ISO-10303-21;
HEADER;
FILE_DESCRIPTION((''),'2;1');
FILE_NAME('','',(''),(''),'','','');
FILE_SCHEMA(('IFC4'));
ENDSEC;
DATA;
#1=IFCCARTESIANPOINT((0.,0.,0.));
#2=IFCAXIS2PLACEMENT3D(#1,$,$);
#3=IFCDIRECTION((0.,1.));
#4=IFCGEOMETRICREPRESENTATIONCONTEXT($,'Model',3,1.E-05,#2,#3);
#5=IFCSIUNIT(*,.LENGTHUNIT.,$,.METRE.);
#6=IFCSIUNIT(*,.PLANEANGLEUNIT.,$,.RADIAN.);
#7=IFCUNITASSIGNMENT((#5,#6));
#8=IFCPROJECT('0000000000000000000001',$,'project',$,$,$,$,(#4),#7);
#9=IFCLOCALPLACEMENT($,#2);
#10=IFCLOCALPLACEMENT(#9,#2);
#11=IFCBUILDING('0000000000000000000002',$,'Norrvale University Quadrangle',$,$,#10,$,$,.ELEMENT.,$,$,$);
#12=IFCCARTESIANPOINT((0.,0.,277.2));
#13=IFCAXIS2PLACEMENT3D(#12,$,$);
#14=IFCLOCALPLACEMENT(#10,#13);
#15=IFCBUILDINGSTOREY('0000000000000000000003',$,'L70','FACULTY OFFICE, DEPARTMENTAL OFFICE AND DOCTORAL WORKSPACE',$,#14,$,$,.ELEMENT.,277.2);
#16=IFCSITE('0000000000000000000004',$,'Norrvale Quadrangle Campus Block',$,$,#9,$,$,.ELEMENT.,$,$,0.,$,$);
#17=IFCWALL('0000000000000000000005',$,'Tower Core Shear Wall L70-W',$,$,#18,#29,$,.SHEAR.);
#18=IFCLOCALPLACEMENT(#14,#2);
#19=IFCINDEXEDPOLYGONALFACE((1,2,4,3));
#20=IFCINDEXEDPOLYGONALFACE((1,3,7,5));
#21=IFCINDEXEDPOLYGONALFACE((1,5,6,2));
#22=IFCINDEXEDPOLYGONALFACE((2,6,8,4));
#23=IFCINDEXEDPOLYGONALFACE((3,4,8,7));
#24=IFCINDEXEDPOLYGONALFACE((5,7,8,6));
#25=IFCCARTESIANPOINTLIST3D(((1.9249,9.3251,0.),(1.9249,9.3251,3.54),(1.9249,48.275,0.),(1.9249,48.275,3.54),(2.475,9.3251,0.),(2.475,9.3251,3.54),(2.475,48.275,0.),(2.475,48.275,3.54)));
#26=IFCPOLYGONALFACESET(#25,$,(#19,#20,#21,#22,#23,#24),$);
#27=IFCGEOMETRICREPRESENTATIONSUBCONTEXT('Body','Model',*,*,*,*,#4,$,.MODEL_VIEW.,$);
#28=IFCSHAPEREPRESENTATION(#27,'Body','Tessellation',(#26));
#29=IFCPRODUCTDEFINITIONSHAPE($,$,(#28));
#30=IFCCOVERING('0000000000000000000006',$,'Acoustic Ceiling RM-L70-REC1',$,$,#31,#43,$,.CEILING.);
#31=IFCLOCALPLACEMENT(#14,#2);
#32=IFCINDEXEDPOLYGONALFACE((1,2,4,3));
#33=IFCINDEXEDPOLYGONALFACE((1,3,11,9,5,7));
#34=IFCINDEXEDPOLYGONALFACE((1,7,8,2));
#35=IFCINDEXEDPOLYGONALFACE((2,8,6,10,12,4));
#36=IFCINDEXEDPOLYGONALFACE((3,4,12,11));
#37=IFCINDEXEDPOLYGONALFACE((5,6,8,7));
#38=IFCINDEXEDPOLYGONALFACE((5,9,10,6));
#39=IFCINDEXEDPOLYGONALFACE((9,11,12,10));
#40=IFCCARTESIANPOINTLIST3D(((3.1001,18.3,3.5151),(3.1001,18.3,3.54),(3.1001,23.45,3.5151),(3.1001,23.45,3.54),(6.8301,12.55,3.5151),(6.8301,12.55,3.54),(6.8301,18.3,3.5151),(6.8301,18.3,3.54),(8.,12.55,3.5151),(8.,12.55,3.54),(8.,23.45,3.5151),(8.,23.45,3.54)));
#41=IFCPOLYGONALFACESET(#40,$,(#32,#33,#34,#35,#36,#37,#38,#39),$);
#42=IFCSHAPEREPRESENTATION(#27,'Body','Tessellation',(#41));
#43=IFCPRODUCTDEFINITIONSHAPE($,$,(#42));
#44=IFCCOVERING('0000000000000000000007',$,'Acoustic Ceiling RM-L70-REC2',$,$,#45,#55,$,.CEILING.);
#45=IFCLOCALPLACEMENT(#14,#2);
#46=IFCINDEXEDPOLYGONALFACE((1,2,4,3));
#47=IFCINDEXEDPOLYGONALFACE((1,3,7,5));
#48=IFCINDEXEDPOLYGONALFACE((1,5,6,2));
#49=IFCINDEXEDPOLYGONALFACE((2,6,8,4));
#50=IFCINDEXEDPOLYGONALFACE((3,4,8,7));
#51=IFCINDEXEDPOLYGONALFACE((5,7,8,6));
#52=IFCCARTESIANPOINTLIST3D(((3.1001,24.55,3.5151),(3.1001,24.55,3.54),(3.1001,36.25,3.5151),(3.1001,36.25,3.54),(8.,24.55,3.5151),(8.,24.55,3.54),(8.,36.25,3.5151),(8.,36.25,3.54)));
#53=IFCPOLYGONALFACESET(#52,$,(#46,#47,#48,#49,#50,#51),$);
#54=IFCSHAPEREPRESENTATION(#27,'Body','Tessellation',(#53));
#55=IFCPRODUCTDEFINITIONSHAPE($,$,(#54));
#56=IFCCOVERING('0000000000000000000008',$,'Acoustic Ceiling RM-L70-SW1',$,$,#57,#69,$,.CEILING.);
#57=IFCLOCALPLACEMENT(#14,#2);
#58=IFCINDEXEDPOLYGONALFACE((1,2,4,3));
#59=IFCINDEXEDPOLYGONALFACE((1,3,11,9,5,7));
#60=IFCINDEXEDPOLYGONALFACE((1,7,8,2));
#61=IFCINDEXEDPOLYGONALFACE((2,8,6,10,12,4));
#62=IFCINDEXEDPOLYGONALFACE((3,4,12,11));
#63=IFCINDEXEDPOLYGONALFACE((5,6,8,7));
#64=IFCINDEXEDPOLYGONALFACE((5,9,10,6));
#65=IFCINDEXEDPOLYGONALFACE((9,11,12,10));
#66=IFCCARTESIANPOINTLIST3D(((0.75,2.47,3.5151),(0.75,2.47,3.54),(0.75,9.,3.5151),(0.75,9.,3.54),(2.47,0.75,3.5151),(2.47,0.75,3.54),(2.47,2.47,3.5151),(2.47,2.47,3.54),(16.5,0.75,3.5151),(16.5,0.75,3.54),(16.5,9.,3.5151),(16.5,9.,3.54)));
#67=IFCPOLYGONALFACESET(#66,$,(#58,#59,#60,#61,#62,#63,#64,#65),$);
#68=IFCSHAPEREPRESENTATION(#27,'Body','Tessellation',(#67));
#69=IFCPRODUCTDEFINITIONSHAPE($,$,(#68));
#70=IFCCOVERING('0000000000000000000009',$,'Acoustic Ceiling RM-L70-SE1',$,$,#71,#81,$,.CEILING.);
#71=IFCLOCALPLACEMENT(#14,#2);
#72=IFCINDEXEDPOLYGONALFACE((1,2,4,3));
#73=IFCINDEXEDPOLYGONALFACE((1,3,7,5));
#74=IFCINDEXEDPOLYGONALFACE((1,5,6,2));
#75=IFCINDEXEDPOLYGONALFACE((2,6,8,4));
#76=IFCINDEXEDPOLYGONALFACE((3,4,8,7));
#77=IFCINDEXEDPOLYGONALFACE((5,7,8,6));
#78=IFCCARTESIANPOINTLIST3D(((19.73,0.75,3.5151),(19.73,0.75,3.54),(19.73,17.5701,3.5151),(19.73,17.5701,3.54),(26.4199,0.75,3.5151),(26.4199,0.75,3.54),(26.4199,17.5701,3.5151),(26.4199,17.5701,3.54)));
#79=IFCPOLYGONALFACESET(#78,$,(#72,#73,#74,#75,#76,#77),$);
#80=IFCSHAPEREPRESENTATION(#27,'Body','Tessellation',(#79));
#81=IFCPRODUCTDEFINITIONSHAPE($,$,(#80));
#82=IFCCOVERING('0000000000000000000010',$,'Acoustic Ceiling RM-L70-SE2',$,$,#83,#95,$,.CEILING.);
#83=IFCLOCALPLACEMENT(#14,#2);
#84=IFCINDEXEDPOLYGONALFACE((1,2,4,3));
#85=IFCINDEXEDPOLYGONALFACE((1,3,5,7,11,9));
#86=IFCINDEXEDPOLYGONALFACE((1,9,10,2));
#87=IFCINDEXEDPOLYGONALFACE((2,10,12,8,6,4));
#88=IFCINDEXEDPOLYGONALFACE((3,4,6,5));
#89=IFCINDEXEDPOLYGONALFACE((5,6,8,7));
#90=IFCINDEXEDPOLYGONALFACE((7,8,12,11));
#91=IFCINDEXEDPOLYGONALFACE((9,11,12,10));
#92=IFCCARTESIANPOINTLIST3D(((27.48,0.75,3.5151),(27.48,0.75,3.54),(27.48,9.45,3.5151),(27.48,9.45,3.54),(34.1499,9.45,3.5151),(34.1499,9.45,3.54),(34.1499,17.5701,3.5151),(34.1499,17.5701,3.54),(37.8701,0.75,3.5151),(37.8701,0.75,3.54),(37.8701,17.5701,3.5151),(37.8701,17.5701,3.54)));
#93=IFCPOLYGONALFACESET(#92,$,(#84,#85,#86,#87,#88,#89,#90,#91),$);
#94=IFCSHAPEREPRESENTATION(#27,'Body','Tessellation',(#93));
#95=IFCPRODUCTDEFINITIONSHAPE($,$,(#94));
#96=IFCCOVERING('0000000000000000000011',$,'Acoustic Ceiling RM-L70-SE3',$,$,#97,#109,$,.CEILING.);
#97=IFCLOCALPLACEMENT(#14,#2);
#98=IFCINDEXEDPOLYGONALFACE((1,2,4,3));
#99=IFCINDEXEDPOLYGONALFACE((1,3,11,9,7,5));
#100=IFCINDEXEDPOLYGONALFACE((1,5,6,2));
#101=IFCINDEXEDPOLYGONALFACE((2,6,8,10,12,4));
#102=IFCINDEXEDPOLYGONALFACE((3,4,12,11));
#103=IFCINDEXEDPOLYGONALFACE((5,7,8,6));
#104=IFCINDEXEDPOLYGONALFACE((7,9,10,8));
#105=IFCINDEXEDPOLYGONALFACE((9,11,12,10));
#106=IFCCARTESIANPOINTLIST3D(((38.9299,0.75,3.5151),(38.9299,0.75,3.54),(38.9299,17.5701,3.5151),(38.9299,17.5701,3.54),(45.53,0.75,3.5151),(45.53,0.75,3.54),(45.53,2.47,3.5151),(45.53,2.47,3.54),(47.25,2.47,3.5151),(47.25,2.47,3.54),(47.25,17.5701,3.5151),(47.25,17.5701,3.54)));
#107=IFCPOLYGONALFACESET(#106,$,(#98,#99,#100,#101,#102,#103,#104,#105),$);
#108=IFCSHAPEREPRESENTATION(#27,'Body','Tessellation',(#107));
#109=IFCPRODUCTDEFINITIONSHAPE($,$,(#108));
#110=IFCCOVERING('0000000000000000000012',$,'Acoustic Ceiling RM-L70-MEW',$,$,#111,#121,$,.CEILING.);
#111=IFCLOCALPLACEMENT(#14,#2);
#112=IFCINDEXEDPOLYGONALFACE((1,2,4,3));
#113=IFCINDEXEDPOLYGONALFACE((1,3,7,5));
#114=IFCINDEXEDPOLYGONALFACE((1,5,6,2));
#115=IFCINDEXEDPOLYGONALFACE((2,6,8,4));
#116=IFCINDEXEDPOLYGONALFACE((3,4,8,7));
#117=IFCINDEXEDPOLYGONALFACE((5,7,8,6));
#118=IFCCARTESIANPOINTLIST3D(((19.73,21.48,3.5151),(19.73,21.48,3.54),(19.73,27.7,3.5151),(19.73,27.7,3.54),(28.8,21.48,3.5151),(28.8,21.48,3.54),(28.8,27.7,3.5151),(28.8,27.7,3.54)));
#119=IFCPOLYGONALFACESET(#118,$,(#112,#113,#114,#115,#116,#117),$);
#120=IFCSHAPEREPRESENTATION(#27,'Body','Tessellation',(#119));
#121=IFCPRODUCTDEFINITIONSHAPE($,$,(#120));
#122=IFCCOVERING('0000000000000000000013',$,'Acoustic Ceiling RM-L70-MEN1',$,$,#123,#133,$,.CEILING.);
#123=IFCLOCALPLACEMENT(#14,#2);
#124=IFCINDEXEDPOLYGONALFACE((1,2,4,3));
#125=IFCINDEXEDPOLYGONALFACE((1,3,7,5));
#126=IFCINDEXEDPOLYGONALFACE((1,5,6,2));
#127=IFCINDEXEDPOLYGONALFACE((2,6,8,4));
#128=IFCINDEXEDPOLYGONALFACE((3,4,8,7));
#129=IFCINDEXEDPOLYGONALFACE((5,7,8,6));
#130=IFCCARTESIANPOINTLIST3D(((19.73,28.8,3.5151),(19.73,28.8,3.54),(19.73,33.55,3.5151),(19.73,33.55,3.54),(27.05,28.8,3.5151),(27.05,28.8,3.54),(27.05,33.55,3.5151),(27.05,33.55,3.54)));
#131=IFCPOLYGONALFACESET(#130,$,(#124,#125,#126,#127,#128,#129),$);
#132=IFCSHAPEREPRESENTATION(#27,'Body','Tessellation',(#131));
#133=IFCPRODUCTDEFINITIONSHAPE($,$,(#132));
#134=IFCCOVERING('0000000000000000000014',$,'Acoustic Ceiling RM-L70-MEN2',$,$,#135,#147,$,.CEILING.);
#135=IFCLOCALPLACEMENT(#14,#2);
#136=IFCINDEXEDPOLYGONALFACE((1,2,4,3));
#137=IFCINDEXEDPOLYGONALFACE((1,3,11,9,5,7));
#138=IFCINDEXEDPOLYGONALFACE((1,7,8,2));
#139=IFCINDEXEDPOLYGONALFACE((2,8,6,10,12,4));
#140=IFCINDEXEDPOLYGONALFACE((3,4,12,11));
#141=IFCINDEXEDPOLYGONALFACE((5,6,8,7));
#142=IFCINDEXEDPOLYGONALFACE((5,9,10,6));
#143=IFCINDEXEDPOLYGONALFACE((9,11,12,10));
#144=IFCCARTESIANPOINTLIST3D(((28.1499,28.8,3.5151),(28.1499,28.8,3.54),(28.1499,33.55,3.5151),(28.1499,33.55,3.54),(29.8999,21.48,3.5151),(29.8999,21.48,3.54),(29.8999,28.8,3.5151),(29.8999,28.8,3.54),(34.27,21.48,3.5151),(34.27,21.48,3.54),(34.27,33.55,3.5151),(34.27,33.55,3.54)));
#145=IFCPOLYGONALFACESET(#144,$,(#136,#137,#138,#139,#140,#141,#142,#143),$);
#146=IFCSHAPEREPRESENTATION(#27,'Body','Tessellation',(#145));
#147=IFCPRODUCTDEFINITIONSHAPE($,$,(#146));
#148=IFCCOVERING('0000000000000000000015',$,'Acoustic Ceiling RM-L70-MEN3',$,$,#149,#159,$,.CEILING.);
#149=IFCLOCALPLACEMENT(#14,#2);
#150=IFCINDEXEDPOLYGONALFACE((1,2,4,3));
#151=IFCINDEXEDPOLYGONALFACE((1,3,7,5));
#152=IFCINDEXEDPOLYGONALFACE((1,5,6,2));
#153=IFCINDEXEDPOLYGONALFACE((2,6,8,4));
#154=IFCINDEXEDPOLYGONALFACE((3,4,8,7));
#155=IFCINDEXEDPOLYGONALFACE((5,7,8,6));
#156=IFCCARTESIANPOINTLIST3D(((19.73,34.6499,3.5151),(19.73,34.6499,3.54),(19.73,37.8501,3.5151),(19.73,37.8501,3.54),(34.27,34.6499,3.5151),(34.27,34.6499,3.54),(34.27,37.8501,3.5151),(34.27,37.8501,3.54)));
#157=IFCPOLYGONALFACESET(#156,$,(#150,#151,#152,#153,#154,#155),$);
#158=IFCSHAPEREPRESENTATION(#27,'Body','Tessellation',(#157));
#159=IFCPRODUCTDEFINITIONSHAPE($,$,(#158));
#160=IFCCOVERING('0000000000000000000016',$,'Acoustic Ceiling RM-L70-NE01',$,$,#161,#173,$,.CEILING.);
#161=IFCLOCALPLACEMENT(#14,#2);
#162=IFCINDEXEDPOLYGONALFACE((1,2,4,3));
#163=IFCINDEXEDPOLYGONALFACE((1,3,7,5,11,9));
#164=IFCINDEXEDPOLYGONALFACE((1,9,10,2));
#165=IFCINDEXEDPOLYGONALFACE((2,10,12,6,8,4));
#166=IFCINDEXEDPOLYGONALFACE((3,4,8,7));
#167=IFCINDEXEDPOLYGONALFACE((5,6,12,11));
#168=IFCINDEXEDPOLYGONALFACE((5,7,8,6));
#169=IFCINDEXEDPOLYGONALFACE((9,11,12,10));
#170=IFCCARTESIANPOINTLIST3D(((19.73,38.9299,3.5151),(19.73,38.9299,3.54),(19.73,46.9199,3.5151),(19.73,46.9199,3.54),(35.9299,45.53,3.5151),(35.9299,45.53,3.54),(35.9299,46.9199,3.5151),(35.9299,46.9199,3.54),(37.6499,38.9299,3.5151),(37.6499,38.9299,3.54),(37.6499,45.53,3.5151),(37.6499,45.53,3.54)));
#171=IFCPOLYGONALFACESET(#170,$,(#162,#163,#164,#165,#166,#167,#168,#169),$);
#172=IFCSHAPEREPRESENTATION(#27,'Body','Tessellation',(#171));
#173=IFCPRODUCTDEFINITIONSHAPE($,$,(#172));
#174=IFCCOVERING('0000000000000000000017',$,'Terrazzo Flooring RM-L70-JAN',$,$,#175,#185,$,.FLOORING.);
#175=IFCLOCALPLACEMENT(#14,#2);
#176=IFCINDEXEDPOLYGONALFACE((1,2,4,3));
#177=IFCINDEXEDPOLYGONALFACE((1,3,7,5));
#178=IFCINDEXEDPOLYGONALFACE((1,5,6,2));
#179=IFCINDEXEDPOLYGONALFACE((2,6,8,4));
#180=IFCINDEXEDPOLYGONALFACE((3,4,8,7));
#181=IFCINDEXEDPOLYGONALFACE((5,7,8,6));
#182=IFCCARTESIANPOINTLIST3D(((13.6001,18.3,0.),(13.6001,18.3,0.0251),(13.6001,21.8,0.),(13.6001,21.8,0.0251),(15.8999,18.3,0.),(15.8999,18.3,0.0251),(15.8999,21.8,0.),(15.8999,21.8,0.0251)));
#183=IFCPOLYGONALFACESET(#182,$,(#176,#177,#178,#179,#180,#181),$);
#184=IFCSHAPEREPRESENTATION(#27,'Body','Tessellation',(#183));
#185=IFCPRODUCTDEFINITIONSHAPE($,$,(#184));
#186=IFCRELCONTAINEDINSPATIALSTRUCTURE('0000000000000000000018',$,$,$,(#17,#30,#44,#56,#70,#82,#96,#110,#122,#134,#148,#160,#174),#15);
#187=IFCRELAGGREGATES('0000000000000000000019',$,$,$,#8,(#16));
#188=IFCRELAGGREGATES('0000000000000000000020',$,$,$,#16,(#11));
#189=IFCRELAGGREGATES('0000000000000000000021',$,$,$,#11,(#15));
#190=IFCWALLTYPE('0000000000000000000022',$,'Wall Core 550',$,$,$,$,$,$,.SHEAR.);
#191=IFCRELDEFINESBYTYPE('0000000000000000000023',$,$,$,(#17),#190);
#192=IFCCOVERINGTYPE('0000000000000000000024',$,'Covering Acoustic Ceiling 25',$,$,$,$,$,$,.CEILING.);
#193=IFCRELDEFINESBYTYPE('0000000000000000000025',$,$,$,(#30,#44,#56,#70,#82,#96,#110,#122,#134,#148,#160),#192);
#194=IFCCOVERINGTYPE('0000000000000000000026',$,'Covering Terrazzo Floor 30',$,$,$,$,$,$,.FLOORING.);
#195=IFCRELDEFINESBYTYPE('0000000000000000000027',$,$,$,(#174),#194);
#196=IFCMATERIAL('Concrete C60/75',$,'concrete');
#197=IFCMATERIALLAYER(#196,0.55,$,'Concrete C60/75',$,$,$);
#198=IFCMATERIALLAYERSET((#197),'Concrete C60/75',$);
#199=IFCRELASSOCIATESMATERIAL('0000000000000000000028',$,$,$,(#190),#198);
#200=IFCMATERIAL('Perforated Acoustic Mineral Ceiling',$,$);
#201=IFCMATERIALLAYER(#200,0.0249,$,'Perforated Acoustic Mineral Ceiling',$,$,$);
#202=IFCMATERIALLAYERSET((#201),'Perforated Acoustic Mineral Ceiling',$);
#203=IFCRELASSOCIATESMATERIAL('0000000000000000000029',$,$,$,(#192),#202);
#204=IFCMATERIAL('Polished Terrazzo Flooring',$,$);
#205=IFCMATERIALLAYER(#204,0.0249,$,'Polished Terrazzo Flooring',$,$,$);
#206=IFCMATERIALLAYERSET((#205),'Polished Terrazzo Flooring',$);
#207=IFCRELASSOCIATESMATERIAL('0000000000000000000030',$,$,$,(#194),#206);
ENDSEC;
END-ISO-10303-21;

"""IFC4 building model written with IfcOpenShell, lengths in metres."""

from ifc_helpers import new_model, si_unit, direction, frame, frame_2d, origin, place, context, subcontext, project, spatial, polyline, rectangle, outline, extrude, material, layer, layer_set, type_object, element, save


model = new_model("IFC4")

# Units and contexts
model_context = context("Model", 3, precision=1e-05, world=origin(), true_north=direction((0.0, 1.0)))
body_context = subcontext(model_context, "Body", "Model", "MODEL_VIEW")
ifc_project = project(units=[si_unit("LENGTHUNIT", "METRE"), si_unit("PLANEANGLEUNIT", "RADIAN")], contexts=[model_context])

# Site, building, storey
site_placement = place(None, origin())
site = spatial("IfcSite", under=ifc_project, at=site_placement, Name="Norrvale Quadrangle Campus Block", CompositionType="ELEMENT", RefElevation=0.0)
building_placement = place(site_placement, origin())
building = spatial("IfcBuilding", under=site, at=building_placement, Name="Norrvale University Quadrangle", CompositionType="ELEMENT")
storey_placement = place(building_placement, frame((0.0, 0.0, 277.2)))
storey = spatial("IfcBuildingStorey", under=building, at=storey_placement, Name="L70", Description="FACULTY OFFICE, DEPARTMENTAL OFFICE AND DOCTORAL WORKSPACE", CompositionType="ELEMENT", Elevation=277.2)

# Shared definitions
ifc_material_1 = material(Name="Concrete C60/75", Category="concrete")

# Wall
ifc_layer_1 = layer(ifc_material_1, 0.55, Name="Concrete C60/75")
ifc_layer_set_1 = layer_set([ifc_layer_1], Name="Concrete C60/75")
wall_type_1 = type_object("IfcWallType", Name="Wall Core 550", PredefinedType="SHEAR", material=ifc_layer_set_1)
wall_1_placement = place(storey_placement, frame((2.2, 9.325, 0.0), z_axis=(0.0, 0.0, 1.0), x_axis=(0.0, 1.0, 0.0)))
element("IfcWall", 1, at=wall_1_placement, inside=storey, type_object=wall_type_1, Name="Tower Core Shear Wall L70-W", PredefinedType="SHEAR", context=body_context, shape_type="SweptSolid", body=[
    extrude(rectangle(XDim=38.95, YDim=0.55, at=frame_2d((19.4751, 0.0))), origin(), (0.0, 0.0, 1.0), 3.54),
])

# Coverings
ifc_material_2 = material(Name="Perforated Acoustic Mineral Ceiling")
ifc_layer_2 = layer(ifc_material_2, 0.0249, Name="Perforated Acoustic Mineral Ceiling")
ifc_layer_set_2 = layer_set([ifc_layer_2], Name="Perforated Acoustic Mineral Ceiling")
covering_type_1 = type_object("IfcCoveringType", Name="Covering Acoustic Ceiling 25", PredefinedType="CEILING", material=ifc_layer_set_2)
covering_1_placement = place(storey_placement, frame((0.0, 0.0, 3.5151)))
element("IfcCovering", 2, at=covering_1_placement, inside=storey, type_object=covering_type_1, Name="Acoustic Ceiling RM-L70-REC1", PredefinedType="CEILING", context=body_context, shape_type="SweptSolid", body=[
    extrude(outline(polyline([(3.1001, 18.3), (3.1001, 23.45), (8.0, 23.45), (8.0, 12.55), (6.8301, 12.55), (6.8301, 18.3), (3.1001, 18.3)])), origin(), (0.0, 0.0, 1.0), 0.0249),
])
covering_2_placement = place(storey_placement, frame((0.0, 0.0, 3.5151)))
element("IfcCovering", 3, at=covering_2_placement, inside=storey, type_object=covering_type_1, Name="Acoustic Ceiling RM-L70-REC2", PredefinedType="CEILING", context=body_context, shape_type="SweptSolid", body=[
    extrude(outline(polyline([(3.1001, 24.55), (3.1001, 36.25), (8.0, 36.25), (8.0, 24.55), (3.1001, 24.55)])), origin(), (0.0, 0.0, 1.0), 0.0249),
])
covering_3_placement = place(storey_placement, frame((0.0, 0.0, 3.5151)))
element("IfcCovering", 4, at=covering_3_placement, inside=storey, type_object=covering_type_1, Name="Acoustic Ceiling RM-L70-SW1", PredefinedType="CEILING", context=body_context, shape_type="SweptSolid", body=[
    extrude(outline(polyline([(16.5, 9.0), (16.5, 0.75), (2.47, 0.75), (2.47, 2.47), (0.75, 2.47), (0.75, 9.0), (16.5, 9.0)])), origin(), (0.0, 0.0, 1.0), 0.0249),
])
covering_4_placement = place(storey_placement, frame((0.0, 0.0, 3.5151)))
element("IfcCovering", 5, at=covering_4_placement, inside=storey, type_object=covering_type_1, Name="Acoustic Ceiling RM-L70-SE1", PredefinedType="CEILING", context=body_context, shape_type="SweptSolid", body=[
    extrude(outline(polyline([(26.4199, 17.5701), (26.4199, 0.75), (19.73, 0.75), (19.73, 17.5701), (26.4199, 17.5701)])), origin(), (0.0, 0.0, 1.0), 0.0249),
])
covering_5_placement = place(storey_placement, frame((0.0, 0.0, 3.5151)))
element("IfcCovering", 6, at=covering_5_placement, inside=storey, type_object=covering_type_1, Name="Acoustic Ceiling RM-L70-SE2", PredefinedType="CEILING", context=body_context, shape_type="SweptSolid", body=[
    extrude(outline(polyline([(34.1499, 9.45), (34.1499, 17.5701), (37.8701, 17.5701), (37.8701, 0.75), (27.48, 0.75), (27.48, 9.45), (34.1499, 9.45)])), origin(), (0.0, 0.0, 1.0), 0.0249),
])
covering_6_placement = place(storey_placement, frame((0.0, 0.0, 3.5151)))
element("IfcCovering", 7, at=covering_6_placement, inside=storey, type_object=covering_type_1, Name="Acoustic Ceiling RM-L70-SE3", PredefinedType="CEILING", context=body_context, shape_type="SweptSolid", body=[
    extrude(outline(polyline([(38.9299, 17.5701), (47.25, 17.5701), (47.25, 2.47), (45.53, 2.47), (45.53, 0.75), (38.9299, 0.75), (38.9299, 17.5701)])), origin(), (0.0, 0.0, 1.0), 0.0249),
])
covering_7_placement = place(storey_placement, frame((0.0, 0.0, 3.5151)))
element("IfcCovering", 8, at=covering_7_placement, inside=storey, type_object=covering_type_1, Name="Acoustic Ceiling RM-L70-MEW", PredefinedType="CEILING", context=body_context, shape_type="SweptSolid", body=[
    extrude(outline(polyline([(19.73, 21.48), (19.73, 27.7), (28.8, 27.7), (28.8, 21.48), (19.73, 21.48)])), origin(), (0.0, 0.0, 1.0), 0.0249),
])
covering_8_placement = place(storey_placement, frame((0.0, 0.0, 3.5151)))
element("IfcCovering", 9, at=covering_8_placement, inside=storey, type_object=covering_type_1, Name="Acoustic Ceiling RM-L70-MEN1", PredefinedType="CEILING", context=body_context, shape_type="SweptSolid", body=[
    extrude(outline(polyline([(19.73, 28.8), (19.73, 33.55), (27.05, 33.55), (27.05, 28.8), (19.73, 28.8)])), origin(), (0.0, 0.0, 1.0), 0.0249),
])
covering_9_placement = place(storey_placement, frame((0.0, 0.0, 3.5151)))
element("IfcCovering", 10, at=covering_9_placement, inside=storey, type_object=covering_type_1, Name="Acoustic Ceiling RM-L70-MEN2", PredefinedType="CEILING", context=body_context, shape_type="SweptSolid", body=[
    extrude(outline(polyline([(29.8999, 21.48), (29.8999, 28.8), (28.1499, 28.8), (28.1499, 33.55), (34.27, 33.55), (34.27, 21.48), (29.8999, 21.48)])), origin(), (0.0, 0.0, 1.0), 0.0249),
])
covering_10_placement = place(storey_placement, frame((0.0, 0.0, 3.5151)))
element("IfcCovering", 11, at=covering_10_placement, inside=storey, type_object=covering_type_1, Name="Acoustic Ceiling RM-L70-MEN3", PredefinedType="CEILING", context=body_context, shape_type="SweptSolid", body=[
    extrude(outline(polyline([(19.73, 34.6499), (19.73, 37.8501), (34.27, 37.8501), (34.27, 34.6499), (19.73, 34.6499)])), origin(), (0.0, 0.0, 1.0), 0.0249),
])
covering_11_placement = place(storey_placement, frame((0.0, 0.0, 3.5151)))
element("IfcCovering", 12, at=covering_11_placement, inside=storey, type_object=covering_type_1, Name="Acoustic Ceiling RM-L70-NE01", PredefinedType="CEILING", context=body_context, shape_type="SweptSolid", body=[
    extrude(outline(polyline([(37.6499, 38.9299), (19.73, 38.9299), (19.73, 46.9199), (35.9299, 46.9199), (35.9299, 45.53), (37.6499, 45.53), (37.6499, 38.9299)])), origin(), (0.0, 0.0, 1.0), 0.0249),
])
ifc_material_3 = material(Name="Polished Terrazzo Flooring")
ifc_layer_3 = layer(ifc_material_3, 0.0249, Name="Polished Terrazzo Flooring")
ifc_layer_set_3 = layer_set([ifc_layer_3], Name="Polished Terrazzo Flooring")
covering_type_2 = type_object("IfcCoveringType", Name="Covering Terrazzo Floor 30", PredefinedType="FLOORING", material=ifc_layer_set_3)
covering_12_placement = place(storey_placement, origin())
element("IfcCovering", 13, at=covering_12_placement, inside=storey, type_object=covering_type_2, Name="Terrazzo Flooring RM-L70-JAN", PredefinedType="FLOORING", context=body_context, shape_type="SweptSolid", body=[
    extrude(outline(polyline([(13.6001, 18.3), (13.6001, 21.8), (15.8999, 21.8), (15.8999, 18.3), (13.6001, 18.3)])), origin(), (0.0, 0.0, 1.0), 0.0251),
])

save(model, "model.ifc")
